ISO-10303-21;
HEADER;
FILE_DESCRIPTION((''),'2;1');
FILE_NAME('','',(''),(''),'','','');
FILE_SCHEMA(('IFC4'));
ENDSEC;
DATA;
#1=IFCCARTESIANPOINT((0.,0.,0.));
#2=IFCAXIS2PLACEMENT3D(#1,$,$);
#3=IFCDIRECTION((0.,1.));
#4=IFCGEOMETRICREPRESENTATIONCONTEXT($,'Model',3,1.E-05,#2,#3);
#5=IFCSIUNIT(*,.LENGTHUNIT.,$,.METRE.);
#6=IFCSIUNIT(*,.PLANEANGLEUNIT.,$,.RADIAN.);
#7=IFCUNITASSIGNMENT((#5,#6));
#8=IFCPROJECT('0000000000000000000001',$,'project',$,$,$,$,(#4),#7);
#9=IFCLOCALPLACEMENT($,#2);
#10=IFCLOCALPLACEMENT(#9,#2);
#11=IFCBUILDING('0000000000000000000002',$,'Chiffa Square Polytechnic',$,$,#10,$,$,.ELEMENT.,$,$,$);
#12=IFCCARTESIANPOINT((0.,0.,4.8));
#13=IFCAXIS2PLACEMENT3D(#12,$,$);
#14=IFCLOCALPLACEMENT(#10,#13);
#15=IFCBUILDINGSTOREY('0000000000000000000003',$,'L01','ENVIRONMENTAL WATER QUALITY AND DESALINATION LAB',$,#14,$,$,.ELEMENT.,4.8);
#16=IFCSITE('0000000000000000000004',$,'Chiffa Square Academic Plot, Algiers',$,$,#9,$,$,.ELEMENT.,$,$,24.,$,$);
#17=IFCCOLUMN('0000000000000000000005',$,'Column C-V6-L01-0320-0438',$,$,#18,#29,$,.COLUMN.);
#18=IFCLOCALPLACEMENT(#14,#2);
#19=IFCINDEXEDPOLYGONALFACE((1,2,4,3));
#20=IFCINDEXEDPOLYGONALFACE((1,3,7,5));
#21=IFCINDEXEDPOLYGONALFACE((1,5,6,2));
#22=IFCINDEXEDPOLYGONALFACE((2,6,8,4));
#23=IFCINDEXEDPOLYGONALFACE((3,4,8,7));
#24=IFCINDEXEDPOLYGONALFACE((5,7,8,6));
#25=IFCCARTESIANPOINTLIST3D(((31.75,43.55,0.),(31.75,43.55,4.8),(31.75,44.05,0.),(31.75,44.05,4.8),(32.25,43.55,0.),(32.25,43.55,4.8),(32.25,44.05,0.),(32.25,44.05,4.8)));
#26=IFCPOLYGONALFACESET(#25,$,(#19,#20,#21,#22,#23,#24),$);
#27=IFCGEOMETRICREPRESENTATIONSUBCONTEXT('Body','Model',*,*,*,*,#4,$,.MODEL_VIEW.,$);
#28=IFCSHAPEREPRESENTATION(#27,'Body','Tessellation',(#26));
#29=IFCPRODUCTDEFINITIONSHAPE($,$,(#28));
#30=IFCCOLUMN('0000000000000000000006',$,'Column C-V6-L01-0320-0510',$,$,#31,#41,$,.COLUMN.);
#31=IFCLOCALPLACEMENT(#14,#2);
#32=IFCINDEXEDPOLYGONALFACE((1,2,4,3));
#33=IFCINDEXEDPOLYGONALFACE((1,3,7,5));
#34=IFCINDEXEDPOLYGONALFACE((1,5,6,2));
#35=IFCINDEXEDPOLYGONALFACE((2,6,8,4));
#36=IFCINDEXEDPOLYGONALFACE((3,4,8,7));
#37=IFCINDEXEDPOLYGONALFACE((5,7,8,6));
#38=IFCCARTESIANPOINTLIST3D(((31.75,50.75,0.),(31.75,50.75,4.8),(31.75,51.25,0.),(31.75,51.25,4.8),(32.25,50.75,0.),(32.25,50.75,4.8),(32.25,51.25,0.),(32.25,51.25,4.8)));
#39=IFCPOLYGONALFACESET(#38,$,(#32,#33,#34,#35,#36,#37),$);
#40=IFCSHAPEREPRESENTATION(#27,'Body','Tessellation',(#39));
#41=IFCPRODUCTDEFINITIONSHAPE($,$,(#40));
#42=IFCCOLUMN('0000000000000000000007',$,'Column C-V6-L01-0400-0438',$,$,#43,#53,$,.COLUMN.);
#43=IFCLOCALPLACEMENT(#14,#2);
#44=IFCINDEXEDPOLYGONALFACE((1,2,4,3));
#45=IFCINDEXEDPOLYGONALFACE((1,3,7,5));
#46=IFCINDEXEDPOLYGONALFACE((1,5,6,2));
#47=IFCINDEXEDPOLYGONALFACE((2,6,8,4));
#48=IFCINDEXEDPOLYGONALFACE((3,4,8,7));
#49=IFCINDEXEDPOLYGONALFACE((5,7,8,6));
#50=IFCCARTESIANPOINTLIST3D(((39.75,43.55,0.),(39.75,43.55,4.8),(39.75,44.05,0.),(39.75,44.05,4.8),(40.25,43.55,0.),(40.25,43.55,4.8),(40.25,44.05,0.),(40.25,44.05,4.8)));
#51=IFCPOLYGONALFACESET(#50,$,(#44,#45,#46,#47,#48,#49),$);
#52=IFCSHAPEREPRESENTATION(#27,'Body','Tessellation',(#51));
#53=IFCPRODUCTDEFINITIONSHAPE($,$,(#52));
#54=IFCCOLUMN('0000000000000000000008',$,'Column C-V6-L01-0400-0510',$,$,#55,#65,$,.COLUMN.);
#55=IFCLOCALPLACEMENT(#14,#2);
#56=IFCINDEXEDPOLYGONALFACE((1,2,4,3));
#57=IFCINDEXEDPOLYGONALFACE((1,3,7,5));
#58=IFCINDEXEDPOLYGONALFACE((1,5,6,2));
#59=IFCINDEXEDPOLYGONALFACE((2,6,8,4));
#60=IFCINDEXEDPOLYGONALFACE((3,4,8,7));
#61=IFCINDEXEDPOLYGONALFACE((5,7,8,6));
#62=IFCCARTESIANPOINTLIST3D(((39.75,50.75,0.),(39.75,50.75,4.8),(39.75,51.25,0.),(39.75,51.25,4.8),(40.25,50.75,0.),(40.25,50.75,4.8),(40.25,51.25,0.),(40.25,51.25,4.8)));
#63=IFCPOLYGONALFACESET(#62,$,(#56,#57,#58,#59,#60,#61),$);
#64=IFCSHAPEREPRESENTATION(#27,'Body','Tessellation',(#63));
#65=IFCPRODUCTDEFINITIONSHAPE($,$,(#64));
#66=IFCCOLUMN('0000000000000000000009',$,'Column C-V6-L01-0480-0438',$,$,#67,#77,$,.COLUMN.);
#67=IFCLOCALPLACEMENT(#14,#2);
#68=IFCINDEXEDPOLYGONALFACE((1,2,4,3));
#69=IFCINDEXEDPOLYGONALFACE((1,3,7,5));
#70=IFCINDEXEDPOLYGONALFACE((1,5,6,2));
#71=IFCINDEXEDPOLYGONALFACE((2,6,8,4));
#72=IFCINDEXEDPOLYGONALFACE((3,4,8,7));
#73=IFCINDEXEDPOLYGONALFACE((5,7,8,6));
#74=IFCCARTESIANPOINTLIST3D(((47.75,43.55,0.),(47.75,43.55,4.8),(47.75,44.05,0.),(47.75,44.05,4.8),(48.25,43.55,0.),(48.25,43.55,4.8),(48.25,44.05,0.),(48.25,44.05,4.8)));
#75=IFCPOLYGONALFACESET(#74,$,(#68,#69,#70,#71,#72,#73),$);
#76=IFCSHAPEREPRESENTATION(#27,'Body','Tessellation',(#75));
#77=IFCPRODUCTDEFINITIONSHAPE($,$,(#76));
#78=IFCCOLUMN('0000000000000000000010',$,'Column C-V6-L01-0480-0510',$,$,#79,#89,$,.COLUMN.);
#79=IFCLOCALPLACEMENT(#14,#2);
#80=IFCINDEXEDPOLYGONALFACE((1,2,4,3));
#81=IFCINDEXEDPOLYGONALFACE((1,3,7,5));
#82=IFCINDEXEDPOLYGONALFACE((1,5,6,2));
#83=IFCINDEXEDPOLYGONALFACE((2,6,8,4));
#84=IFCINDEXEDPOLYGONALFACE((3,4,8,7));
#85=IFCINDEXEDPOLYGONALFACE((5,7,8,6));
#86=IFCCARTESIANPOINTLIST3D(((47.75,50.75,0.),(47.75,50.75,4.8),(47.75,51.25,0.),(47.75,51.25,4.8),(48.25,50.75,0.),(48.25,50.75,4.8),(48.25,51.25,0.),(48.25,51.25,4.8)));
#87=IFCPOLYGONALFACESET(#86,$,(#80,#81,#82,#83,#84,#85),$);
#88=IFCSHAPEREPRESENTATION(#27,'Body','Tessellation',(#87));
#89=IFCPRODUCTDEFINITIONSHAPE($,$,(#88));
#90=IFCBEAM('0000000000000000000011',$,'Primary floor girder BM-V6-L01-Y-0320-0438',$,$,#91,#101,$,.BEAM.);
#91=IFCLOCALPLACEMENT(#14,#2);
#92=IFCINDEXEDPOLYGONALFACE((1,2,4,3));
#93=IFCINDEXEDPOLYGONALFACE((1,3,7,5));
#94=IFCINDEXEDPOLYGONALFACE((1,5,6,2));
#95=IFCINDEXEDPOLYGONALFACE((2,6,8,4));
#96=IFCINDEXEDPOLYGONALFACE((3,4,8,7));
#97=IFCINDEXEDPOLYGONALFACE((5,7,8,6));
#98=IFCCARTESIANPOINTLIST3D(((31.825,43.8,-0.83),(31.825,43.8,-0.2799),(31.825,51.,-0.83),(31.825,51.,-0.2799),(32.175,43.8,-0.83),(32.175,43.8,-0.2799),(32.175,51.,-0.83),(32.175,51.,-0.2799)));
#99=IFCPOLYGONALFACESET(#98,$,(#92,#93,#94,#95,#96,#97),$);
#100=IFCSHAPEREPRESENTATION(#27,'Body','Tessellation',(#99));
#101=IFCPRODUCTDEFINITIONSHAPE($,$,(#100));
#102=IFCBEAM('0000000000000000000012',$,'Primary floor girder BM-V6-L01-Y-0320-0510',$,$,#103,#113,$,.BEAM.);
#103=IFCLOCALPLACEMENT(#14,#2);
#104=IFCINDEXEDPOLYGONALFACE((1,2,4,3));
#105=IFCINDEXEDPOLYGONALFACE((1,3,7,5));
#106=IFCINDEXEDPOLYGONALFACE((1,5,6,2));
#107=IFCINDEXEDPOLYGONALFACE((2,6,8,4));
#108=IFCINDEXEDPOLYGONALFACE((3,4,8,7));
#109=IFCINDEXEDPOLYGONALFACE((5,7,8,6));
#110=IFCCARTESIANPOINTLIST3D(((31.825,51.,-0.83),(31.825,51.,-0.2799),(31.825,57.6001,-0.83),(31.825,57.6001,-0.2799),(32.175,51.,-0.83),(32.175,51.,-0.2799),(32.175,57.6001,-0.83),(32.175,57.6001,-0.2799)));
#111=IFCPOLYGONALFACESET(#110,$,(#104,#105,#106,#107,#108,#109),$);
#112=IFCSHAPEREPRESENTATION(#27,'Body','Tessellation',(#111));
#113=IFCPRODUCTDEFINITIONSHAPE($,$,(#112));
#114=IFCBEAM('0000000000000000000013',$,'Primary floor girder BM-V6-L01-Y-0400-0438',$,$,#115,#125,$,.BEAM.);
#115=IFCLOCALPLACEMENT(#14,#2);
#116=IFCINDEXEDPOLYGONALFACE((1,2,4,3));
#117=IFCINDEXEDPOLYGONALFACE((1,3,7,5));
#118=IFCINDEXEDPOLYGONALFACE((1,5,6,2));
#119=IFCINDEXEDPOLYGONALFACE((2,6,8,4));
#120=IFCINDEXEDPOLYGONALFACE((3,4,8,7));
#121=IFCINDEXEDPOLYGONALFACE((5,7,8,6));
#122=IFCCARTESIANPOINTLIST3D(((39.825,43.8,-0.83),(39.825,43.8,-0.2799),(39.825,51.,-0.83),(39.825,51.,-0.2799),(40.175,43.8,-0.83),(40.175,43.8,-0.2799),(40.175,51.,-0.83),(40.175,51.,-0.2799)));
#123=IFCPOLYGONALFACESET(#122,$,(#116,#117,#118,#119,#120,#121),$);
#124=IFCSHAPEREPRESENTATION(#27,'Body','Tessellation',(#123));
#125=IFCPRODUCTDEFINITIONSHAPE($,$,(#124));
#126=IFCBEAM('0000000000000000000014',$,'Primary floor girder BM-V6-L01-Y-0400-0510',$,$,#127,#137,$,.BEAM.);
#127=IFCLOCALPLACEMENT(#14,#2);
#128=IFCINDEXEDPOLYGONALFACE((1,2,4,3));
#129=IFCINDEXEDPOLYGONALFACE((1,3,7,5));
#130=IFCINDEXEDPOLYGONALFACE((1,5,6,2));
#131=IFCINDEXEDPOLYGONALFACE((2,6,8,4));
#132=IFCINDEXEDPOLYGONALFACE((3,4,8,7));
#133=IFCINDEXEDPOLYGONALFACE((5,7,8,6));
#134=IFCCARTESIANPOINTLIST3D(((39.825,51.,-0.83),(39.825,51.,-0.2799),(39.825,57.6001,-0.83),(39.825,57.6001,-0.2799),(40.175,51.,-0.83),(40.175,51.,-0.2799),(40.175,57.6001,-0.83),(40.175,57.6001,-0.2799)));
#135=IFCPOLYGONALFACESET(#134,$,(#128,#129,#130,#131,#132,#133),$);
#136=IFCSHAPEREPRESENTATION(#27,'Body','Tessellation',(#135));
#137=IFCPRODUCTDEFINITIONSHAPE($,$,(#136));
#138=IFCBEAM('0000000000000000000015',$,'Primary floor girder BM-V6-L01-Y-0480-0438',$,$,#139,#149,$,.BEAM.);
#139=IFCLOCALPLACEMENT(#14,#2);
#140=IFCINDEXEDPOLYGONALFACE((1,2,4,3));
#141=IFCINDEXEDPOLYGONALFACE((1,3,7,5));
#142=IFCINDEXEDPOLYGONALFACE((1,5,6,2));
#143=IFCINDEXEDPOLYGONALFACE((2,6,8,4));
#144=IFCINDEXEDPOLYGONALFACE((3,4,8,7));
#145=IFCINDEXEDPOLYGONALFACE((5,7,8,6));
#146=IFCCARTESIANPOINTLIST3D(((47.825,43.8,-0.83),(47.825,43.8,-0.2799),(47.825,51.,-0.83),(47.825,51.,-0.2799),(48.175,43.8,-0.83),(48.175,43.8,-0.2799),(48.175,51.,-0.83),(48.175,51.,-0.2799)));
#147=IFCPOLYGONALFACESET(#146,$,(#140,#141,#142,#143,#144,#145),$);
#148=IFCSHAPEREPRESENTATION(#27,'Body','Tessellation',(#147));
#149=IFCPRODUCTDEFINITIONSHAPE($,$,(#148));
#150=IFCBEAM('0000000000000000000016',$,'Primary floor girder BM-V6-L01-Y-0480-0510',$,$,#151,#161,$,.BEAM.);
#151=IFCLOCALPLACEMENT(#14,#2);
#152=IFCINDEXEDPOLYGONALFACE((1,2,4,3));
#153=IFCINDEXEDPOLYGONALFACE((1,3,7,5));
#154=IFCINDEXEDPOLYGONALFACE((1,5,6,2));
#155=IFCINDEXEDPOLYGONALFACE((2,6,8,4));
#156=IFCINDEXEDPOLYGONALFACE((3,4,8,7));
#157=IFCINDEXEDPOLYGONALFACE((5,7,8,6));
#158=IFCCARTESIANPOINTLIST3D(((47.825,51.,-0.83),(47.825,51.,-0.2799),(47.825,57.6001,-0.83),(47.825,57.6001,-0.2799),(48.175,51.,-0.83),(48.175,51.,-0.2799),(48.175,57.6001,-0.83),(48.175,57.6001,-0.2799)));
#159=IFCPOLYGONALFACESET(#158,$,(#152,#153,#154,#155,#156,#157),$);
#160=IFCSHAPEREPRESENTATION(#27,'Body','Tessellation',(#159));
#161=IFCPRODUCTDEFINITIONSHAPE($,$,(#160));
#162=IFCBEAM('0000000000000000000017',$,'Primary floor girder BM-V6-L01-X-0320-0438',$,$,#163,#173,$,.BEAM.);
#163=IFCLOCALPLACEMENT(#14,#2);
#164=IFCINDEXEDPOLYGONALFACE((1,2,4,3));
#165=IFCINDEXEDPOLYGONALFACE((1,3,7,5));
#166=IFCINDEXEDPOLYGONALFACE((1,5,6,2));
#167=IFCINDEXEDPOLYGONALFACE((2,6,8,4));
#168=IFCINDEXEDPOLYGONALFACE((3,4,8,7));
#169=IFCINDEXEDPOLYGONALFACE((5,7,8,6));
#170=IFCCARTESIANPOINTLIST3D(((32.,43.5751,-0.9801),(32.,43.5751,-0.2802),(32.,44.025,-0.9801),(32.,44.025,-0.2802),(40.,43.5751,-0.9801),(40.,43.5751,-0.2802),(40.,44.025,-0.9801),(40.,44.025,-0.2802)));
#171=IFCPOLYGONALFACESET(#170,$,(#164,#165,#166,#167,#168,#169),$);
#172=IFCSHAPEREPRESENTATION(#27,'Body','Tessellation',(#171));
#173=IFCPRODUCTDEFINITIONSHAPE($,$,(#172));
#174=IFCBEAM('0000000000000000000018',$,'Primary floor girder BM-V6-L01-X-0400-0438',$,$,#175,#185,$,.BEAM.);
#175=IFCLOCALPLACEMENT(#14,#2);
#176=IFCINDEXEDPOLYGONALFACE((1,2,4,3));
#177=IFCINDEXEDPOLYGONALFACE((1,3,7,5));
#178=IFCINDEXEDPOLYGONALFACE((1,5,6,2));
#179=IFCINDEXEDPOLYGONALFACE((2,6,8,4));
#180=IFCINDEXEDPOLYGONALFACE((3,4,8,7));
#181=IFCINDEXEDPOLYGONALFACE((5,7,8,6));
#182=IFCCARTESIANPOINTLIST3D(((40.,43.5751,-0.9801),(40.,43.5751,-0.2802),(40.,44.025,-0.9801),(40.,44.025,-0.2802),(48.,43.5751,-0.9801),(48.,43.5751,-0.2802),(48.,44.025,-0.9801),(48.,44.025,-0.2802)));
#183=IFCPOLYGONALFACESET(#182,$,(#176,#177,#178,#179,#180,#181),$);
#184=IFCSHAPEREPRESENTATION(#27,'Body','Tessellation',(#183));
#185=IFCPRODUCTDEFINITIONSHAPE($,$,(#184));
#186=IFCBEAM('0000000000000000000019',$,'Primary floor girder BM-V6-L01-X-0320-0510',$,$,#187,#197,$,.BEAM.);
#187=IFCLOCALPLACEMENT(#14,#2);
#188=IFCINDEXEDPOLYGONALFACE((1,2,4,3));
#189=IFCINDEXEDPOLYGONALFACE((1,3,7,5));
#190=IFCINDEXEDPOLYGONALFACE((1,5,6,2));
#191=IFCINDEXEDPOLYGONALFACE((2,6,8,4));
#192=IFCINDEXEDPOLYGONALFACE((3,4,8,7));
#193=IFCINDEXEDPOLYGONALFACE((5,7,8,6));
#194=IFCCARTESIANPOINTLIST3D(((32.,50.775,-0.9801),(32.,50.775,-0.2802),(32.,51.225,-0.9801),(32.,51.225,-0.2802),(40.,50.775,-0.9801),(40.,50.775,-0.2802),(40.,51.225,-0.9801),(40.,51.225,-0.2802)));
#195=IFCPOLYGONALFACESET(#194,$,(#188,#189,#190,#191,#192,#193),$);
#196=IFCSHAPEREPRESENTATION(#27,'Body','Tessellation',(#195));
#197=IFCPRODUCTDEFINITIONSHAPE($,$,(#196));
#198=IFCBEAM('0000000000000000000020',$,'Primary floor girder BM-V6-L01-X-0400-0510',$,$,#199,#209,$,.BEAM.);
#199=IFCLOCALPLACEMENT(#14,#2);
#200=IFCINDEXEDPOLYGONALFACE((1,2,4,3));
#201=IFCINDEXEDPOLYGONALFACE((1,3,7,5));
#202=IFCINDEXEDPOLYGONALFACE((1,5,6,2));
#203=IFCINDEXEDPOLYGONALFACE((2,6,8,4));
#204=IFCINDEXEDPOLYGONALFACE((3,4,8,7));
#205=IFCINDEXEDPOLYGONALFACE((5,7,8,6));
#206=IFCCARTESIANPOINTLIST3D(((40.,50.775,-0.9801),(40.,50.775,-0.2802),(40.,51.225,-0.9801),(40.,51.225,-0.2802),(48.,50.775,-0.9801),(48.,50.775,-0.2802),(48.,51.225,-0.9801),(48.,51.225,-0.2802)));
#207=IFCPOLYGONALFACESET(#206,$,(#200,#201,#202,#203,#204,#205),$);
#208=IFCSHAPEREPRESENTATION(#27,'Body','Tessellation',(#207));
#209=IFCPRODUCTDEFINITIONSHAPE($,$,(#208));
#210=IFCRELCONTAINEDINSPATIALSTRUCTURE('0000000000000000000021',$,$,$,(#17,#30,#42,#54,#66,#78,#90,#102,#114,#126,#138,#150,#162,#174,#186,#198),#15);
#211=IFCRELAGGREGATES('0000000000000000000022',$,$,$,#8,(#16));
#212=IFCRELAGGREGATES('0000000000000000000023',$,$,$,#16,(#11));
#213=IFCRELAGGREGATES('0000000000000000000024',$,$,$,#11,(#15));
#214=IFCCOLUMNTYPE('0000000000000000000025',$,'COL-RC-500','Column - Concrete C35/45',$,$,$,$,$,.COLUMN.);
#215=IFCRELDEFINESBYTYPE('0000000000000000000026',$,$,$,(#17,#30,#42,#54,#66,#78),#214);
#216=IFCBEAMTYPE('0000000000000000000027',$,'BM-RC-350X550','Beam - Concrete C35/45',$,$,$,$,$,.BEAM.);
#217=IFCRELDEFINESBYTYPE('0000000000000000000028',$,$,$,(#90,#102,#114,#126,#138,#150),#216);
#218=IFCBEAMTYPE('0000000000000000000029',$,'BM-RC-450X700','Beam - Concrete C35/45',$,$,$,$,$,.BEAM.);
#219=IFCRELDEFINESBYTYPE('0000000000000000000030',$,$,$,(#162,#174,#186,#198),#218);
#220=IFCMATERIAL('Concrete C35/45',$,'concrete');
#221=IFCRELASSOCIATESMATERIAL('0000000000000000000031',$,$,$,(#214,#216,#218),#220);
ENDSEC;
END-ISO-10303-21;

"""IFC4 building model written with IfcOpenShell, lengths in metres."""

from ifc_helpers import new_model, si_unit, direction, frame, origin, origin_2d, place, context, subcontext, project, spatial, rectangle, extrude, material, material_profile, profile_set, type_object, element, save


model = new_model("IFC4")

# Units and contexts
model_context = context("Model", 3, precision=1e-05, world=origin(), true_north=direction((0.0, 1.0)))
body_context = subcontext(model_context, "Body", "Model", "MODEL_VIEW")
ifc_project = project(units=[si_unit("LENGTHUNIT", "METRE"), si_unit("PLANEANGLEUNIT", "RADIAN")], contexts=[model_context])

# Site, building, storey
site_placement = place(None, origin())
site = spatial("IfcSite", under=ifc_project, at=site_placement, Name="Chiffa Square Academic Plot, Algiers", CompositionType="ELEMENT", RefElevation=24.0)
building_placement = place(site_placement, origin())
building = spatial("IfcBuilding", under=site, at=building_placement, Name="Chiffa Square Polytechnic", CompositionType="ELEMENT")
storey_placement = place(building_placement, frame((0.0, 0.0, 4.8)))
storey = spatial("IfcBuildingStorey", under=building, at=storey_placement, Name="L01", Description="ENVIRONMENTAL WATER QUALITY AND DESALINATION LAB", CompositionType="ELEMENT", Elevation=4.8)

# Columns
ifc_material_1 = material(Name="Concrete C35/45", Category="concrete")
ifc_material_profile_1 = material_profile(ifc_material_1, rectangle(XDim=0.5, YDim=0.5, at=origin_2d()), Name="RC 500x500")
ifc_profile_set_1 = profile_set([ifc_material_profile_1], Name="Concrete C35/45")
column_type = type_object("IfcColumnType", Name="COL-RC-500", Description="Column - Concrete C35/45", PredefinedType="COLUMN", material=ifc_profile_set_1)
for number, where, z_axis, x_axis, name in (
    (1, (32.0, 43.8, 0.0), (0.0, 0.0, 1.0), (1.0, 0.0, 0.0), "Column C-V6-L01-0320-0438"),
    (2, (32.0, 51.0, 0.0), (0.0, 0.0, 1.0), (1.0, 0.0, 0.0), "Column C-V6-L01-0320-0510"),
    (3, (40.0, 43.8, 0.0), (0.0, 0.0, 1.0), (1.0, 0.0, 0.0), "Column C-V6-L01-0400-0438"),
    (4, (40.0, 51.0, 0.0), (0.0, 0.0, 1.0), (1.0, 0.0, 0.0), "Column C-V6-L01-0400-0510"),
    (5, (48.0, 43.8, 0.0), (0.0, 0.0, 1.0), (1.0, 0.0, 0.0), "Column C-V6-L01-0480-0438"),
    (6, (48.0, 51.0, 0.0), (0.0, 0.0, 1.0), (1.0, 0.0, 0.0), "Column C-V6-L01-0480-0510"),
):
    element("IfcColumn", number, at=place(storey_placement, frame(where, z_axis=z_axis, x_axis=x_axis)), inside=storey, type_object=column_type, Name=name, PredefinedType="COLUMN", context=body_context, shape_type="SweptSolid", body=[
        extrude(rectangle(XDim=0.5, YDim=0.5, at=origin_2d()), origin(), (0.0, 0.0, 1.0), 4.8),
    ])

# Beams
ifc_material_profile_2 = material_profile(ifc_material_1, rectangle(XDim=0.3501, YDim=0.55, at=origin_2d()), Name="RC 350x550")
ifc_profile_set_2 = profile_set([ifc_material_profile_2], Name="Concrete C35/45")
beam_type_1 = type_object("IfcBeamType", Name="BM-RC-350X550", Description="Beam - Concrete C35/45", PredefinedType="BEAM", material=ifc_profile_set_2)
beam_1_placement = place(storey_placement, frame((32.0, 43.8, -0.5549), z_axis=(0.0, 1.0, 0.0), x_axis=(-1.0, 0.0, 0.0)))
element("IfcBeam", 7, at=beam_1_placement, inside=storey, type_object=beam_type_1, Name="Primary floor girder BM-V6-L01-Y-0320-0438", PredefinedType="BEAM", context=body_context, shape_type="SweptSolid", body=[
    extrude(rectangle(XDim=0.3501, YDim=0.55, at=origin_2d()), origin(), (0.0, 0.0, 1.0), 7.2),
])
beam_2_placement = place(storey_placement, frame((32.0, 51.0, -0.5549), z_axis=(0.0, 1.0, 0.0), x_axis=(-1.0, 0.0, 0.0)))
element("IfcBeam", 8, at=beam_2_placement, inside=storey, type_object=beam_type_1, Name="Primary floor girder BM-V6-L01-Y-0320-0510", PredefinedType="BEAM", context=body_context, shape_type="SweptSolid", body=[
    extrude(rectangle(XDim=0.3501, YDim=0.55, at=origin_2d()), origin(), (0.0, 0.0, 1.0), 6.6001),
])
beam_3_placement = place(storey_placement, frame((40.0, 43.8, -0.5549), z_axis=(0.0, 1.0, 0.0), x_axis=(-1.0, 0.0, 0.0)))
element("IfcBeam", 9, at=beam_3_placement, inside=storey, type_object=beam_type_1, Name="Primary floor girder BM-V6-L01-Y-0400-0438", PredefinedType="BEAM", context=body_context, shape_type="SweptSolid", body=[
    extrude(rectangle(XDim=0.3501, YDim=0.55, at=origin_2d()), origin(), (0.0, 0.0, 1.0), 7.2),
])
beam_4_placement = place(storey_placement, frame((40.0, 51.0, -0.5549), z_axis=(0.0, 1.0, 0.0), x_axis=(-1.0, 0.0, 0.0)))
element("IfcBeam", 10, at=beam_4_placement, inside=storey, type_object=beam_type_1, Name="Primary floor girder BM-V6-L01-Y-0400-0510", PredefinedType="BEAM", context=body_context, shape_type="SweptSolid", body=[
    extrude(rectangle(XDim=0.3501, YDim=0.55, at=origin_2d()), origin(), (0.0, 0.0, 1.0), 6.6001),
])
beam_5_placement = place(storey_placement, frame((48.0, 43.8, -0.5549), z_axis=(0.0, 1.0, 0.0), x_axis=(-1.0, 0.0, 0.0)))
element("IfcBeam", 11, at=beam_5_placement, inside=storey, type_object=beam_type_1, Name="Primary floor girder BM-V6-L01-Y-0480-0438", PredefinedType="BEAM", context=body_context, shape_type="SweptSolid", body=[
    extrude(rectangle(XDim=0.3501, YDim=0.55, at=origin_2d()), origin(), (0.0, 0.0, 1.0), 7.2),
])
beam_6_placement = place(storey_placement, frame((48.0, 51.0, -0.5549), z_axis=(0.0, 1.0, 0.0), x_axis=(-1.0, 0.0, 0.0)))
element("IfcBeam", 12, at=beam_6_placement, inside=storey, type_object=beam_type_1, Name="Primary floor girder BM-V6-L01-Y-0480-0510", PredefinedType="BEAM", context=body_context, shape_type="SweptSolid", body=[
    extrude(rectangle(XDim=0.3501, YDim=0.55, at=origin_2d()), origin(), (0.0, 0.0, 1.0), 6.6001),
])
ifc_material_profile_3 = material_profile(ifc_material_1, rectangle(XDim=0.45, YDim=0.7, at=origin_2d()), Name="RC 450x700")
ifc_profile_set_3 = profile_set([ifc_material_profile_3], Name="Concrete C35/45")
beam_type_2 = type_object("IfcBeamType", Name="BM-RC-450X700", Description="Beam - Concrete C35/45", PredefinedType="BEAM", material=ifc_profile_set_3)
for number, where, z_axis, x_axis, name in (
    (13, (32.0, 43.8, -0.6301), (1.0, 0.0, 0.0), (0.0, 1.0, 0.0), "Primary floor girder BM-V6-L01-X-0320-0438"),
    (14, (40.0, 43.8, -0.6301), (1.0, 0.0, 0.0), (0.0, 1.0, 0.0), "Primary floor girder BM-V6-L01-X-0400-0438"),
    (15, (32.0, 51.0, -0.6301), (1.0, 0.0, 0.0), (0.0, 1.0, 0.0), "Primary floor girder BM-V6-L01-X-0320-0510"),
    (16, (40.0, 51.0, -0.6301), (1.0, 0.0, 0.0), (0.0, 1.0, 0.0), "Primary floor girder BM-V6-L01-X-0400-0510"),
):
    element("IfcBeam", number, at=place(storey_placement, frame(where, z_axis=z_axis, x_axis=x_axis)), inside=storey, type_object=beam_type_2, Name=name, PredefinedType="BEAM", context=body_context, shape_type="SweptSolid", body=[
        extrude(rectangle(XDim=0.45, YDim=0.7, at=origin_2d()), origin(), (0.0, 0.0, 1.0), 8.0),
    ])

save(model, "model.ifc")
